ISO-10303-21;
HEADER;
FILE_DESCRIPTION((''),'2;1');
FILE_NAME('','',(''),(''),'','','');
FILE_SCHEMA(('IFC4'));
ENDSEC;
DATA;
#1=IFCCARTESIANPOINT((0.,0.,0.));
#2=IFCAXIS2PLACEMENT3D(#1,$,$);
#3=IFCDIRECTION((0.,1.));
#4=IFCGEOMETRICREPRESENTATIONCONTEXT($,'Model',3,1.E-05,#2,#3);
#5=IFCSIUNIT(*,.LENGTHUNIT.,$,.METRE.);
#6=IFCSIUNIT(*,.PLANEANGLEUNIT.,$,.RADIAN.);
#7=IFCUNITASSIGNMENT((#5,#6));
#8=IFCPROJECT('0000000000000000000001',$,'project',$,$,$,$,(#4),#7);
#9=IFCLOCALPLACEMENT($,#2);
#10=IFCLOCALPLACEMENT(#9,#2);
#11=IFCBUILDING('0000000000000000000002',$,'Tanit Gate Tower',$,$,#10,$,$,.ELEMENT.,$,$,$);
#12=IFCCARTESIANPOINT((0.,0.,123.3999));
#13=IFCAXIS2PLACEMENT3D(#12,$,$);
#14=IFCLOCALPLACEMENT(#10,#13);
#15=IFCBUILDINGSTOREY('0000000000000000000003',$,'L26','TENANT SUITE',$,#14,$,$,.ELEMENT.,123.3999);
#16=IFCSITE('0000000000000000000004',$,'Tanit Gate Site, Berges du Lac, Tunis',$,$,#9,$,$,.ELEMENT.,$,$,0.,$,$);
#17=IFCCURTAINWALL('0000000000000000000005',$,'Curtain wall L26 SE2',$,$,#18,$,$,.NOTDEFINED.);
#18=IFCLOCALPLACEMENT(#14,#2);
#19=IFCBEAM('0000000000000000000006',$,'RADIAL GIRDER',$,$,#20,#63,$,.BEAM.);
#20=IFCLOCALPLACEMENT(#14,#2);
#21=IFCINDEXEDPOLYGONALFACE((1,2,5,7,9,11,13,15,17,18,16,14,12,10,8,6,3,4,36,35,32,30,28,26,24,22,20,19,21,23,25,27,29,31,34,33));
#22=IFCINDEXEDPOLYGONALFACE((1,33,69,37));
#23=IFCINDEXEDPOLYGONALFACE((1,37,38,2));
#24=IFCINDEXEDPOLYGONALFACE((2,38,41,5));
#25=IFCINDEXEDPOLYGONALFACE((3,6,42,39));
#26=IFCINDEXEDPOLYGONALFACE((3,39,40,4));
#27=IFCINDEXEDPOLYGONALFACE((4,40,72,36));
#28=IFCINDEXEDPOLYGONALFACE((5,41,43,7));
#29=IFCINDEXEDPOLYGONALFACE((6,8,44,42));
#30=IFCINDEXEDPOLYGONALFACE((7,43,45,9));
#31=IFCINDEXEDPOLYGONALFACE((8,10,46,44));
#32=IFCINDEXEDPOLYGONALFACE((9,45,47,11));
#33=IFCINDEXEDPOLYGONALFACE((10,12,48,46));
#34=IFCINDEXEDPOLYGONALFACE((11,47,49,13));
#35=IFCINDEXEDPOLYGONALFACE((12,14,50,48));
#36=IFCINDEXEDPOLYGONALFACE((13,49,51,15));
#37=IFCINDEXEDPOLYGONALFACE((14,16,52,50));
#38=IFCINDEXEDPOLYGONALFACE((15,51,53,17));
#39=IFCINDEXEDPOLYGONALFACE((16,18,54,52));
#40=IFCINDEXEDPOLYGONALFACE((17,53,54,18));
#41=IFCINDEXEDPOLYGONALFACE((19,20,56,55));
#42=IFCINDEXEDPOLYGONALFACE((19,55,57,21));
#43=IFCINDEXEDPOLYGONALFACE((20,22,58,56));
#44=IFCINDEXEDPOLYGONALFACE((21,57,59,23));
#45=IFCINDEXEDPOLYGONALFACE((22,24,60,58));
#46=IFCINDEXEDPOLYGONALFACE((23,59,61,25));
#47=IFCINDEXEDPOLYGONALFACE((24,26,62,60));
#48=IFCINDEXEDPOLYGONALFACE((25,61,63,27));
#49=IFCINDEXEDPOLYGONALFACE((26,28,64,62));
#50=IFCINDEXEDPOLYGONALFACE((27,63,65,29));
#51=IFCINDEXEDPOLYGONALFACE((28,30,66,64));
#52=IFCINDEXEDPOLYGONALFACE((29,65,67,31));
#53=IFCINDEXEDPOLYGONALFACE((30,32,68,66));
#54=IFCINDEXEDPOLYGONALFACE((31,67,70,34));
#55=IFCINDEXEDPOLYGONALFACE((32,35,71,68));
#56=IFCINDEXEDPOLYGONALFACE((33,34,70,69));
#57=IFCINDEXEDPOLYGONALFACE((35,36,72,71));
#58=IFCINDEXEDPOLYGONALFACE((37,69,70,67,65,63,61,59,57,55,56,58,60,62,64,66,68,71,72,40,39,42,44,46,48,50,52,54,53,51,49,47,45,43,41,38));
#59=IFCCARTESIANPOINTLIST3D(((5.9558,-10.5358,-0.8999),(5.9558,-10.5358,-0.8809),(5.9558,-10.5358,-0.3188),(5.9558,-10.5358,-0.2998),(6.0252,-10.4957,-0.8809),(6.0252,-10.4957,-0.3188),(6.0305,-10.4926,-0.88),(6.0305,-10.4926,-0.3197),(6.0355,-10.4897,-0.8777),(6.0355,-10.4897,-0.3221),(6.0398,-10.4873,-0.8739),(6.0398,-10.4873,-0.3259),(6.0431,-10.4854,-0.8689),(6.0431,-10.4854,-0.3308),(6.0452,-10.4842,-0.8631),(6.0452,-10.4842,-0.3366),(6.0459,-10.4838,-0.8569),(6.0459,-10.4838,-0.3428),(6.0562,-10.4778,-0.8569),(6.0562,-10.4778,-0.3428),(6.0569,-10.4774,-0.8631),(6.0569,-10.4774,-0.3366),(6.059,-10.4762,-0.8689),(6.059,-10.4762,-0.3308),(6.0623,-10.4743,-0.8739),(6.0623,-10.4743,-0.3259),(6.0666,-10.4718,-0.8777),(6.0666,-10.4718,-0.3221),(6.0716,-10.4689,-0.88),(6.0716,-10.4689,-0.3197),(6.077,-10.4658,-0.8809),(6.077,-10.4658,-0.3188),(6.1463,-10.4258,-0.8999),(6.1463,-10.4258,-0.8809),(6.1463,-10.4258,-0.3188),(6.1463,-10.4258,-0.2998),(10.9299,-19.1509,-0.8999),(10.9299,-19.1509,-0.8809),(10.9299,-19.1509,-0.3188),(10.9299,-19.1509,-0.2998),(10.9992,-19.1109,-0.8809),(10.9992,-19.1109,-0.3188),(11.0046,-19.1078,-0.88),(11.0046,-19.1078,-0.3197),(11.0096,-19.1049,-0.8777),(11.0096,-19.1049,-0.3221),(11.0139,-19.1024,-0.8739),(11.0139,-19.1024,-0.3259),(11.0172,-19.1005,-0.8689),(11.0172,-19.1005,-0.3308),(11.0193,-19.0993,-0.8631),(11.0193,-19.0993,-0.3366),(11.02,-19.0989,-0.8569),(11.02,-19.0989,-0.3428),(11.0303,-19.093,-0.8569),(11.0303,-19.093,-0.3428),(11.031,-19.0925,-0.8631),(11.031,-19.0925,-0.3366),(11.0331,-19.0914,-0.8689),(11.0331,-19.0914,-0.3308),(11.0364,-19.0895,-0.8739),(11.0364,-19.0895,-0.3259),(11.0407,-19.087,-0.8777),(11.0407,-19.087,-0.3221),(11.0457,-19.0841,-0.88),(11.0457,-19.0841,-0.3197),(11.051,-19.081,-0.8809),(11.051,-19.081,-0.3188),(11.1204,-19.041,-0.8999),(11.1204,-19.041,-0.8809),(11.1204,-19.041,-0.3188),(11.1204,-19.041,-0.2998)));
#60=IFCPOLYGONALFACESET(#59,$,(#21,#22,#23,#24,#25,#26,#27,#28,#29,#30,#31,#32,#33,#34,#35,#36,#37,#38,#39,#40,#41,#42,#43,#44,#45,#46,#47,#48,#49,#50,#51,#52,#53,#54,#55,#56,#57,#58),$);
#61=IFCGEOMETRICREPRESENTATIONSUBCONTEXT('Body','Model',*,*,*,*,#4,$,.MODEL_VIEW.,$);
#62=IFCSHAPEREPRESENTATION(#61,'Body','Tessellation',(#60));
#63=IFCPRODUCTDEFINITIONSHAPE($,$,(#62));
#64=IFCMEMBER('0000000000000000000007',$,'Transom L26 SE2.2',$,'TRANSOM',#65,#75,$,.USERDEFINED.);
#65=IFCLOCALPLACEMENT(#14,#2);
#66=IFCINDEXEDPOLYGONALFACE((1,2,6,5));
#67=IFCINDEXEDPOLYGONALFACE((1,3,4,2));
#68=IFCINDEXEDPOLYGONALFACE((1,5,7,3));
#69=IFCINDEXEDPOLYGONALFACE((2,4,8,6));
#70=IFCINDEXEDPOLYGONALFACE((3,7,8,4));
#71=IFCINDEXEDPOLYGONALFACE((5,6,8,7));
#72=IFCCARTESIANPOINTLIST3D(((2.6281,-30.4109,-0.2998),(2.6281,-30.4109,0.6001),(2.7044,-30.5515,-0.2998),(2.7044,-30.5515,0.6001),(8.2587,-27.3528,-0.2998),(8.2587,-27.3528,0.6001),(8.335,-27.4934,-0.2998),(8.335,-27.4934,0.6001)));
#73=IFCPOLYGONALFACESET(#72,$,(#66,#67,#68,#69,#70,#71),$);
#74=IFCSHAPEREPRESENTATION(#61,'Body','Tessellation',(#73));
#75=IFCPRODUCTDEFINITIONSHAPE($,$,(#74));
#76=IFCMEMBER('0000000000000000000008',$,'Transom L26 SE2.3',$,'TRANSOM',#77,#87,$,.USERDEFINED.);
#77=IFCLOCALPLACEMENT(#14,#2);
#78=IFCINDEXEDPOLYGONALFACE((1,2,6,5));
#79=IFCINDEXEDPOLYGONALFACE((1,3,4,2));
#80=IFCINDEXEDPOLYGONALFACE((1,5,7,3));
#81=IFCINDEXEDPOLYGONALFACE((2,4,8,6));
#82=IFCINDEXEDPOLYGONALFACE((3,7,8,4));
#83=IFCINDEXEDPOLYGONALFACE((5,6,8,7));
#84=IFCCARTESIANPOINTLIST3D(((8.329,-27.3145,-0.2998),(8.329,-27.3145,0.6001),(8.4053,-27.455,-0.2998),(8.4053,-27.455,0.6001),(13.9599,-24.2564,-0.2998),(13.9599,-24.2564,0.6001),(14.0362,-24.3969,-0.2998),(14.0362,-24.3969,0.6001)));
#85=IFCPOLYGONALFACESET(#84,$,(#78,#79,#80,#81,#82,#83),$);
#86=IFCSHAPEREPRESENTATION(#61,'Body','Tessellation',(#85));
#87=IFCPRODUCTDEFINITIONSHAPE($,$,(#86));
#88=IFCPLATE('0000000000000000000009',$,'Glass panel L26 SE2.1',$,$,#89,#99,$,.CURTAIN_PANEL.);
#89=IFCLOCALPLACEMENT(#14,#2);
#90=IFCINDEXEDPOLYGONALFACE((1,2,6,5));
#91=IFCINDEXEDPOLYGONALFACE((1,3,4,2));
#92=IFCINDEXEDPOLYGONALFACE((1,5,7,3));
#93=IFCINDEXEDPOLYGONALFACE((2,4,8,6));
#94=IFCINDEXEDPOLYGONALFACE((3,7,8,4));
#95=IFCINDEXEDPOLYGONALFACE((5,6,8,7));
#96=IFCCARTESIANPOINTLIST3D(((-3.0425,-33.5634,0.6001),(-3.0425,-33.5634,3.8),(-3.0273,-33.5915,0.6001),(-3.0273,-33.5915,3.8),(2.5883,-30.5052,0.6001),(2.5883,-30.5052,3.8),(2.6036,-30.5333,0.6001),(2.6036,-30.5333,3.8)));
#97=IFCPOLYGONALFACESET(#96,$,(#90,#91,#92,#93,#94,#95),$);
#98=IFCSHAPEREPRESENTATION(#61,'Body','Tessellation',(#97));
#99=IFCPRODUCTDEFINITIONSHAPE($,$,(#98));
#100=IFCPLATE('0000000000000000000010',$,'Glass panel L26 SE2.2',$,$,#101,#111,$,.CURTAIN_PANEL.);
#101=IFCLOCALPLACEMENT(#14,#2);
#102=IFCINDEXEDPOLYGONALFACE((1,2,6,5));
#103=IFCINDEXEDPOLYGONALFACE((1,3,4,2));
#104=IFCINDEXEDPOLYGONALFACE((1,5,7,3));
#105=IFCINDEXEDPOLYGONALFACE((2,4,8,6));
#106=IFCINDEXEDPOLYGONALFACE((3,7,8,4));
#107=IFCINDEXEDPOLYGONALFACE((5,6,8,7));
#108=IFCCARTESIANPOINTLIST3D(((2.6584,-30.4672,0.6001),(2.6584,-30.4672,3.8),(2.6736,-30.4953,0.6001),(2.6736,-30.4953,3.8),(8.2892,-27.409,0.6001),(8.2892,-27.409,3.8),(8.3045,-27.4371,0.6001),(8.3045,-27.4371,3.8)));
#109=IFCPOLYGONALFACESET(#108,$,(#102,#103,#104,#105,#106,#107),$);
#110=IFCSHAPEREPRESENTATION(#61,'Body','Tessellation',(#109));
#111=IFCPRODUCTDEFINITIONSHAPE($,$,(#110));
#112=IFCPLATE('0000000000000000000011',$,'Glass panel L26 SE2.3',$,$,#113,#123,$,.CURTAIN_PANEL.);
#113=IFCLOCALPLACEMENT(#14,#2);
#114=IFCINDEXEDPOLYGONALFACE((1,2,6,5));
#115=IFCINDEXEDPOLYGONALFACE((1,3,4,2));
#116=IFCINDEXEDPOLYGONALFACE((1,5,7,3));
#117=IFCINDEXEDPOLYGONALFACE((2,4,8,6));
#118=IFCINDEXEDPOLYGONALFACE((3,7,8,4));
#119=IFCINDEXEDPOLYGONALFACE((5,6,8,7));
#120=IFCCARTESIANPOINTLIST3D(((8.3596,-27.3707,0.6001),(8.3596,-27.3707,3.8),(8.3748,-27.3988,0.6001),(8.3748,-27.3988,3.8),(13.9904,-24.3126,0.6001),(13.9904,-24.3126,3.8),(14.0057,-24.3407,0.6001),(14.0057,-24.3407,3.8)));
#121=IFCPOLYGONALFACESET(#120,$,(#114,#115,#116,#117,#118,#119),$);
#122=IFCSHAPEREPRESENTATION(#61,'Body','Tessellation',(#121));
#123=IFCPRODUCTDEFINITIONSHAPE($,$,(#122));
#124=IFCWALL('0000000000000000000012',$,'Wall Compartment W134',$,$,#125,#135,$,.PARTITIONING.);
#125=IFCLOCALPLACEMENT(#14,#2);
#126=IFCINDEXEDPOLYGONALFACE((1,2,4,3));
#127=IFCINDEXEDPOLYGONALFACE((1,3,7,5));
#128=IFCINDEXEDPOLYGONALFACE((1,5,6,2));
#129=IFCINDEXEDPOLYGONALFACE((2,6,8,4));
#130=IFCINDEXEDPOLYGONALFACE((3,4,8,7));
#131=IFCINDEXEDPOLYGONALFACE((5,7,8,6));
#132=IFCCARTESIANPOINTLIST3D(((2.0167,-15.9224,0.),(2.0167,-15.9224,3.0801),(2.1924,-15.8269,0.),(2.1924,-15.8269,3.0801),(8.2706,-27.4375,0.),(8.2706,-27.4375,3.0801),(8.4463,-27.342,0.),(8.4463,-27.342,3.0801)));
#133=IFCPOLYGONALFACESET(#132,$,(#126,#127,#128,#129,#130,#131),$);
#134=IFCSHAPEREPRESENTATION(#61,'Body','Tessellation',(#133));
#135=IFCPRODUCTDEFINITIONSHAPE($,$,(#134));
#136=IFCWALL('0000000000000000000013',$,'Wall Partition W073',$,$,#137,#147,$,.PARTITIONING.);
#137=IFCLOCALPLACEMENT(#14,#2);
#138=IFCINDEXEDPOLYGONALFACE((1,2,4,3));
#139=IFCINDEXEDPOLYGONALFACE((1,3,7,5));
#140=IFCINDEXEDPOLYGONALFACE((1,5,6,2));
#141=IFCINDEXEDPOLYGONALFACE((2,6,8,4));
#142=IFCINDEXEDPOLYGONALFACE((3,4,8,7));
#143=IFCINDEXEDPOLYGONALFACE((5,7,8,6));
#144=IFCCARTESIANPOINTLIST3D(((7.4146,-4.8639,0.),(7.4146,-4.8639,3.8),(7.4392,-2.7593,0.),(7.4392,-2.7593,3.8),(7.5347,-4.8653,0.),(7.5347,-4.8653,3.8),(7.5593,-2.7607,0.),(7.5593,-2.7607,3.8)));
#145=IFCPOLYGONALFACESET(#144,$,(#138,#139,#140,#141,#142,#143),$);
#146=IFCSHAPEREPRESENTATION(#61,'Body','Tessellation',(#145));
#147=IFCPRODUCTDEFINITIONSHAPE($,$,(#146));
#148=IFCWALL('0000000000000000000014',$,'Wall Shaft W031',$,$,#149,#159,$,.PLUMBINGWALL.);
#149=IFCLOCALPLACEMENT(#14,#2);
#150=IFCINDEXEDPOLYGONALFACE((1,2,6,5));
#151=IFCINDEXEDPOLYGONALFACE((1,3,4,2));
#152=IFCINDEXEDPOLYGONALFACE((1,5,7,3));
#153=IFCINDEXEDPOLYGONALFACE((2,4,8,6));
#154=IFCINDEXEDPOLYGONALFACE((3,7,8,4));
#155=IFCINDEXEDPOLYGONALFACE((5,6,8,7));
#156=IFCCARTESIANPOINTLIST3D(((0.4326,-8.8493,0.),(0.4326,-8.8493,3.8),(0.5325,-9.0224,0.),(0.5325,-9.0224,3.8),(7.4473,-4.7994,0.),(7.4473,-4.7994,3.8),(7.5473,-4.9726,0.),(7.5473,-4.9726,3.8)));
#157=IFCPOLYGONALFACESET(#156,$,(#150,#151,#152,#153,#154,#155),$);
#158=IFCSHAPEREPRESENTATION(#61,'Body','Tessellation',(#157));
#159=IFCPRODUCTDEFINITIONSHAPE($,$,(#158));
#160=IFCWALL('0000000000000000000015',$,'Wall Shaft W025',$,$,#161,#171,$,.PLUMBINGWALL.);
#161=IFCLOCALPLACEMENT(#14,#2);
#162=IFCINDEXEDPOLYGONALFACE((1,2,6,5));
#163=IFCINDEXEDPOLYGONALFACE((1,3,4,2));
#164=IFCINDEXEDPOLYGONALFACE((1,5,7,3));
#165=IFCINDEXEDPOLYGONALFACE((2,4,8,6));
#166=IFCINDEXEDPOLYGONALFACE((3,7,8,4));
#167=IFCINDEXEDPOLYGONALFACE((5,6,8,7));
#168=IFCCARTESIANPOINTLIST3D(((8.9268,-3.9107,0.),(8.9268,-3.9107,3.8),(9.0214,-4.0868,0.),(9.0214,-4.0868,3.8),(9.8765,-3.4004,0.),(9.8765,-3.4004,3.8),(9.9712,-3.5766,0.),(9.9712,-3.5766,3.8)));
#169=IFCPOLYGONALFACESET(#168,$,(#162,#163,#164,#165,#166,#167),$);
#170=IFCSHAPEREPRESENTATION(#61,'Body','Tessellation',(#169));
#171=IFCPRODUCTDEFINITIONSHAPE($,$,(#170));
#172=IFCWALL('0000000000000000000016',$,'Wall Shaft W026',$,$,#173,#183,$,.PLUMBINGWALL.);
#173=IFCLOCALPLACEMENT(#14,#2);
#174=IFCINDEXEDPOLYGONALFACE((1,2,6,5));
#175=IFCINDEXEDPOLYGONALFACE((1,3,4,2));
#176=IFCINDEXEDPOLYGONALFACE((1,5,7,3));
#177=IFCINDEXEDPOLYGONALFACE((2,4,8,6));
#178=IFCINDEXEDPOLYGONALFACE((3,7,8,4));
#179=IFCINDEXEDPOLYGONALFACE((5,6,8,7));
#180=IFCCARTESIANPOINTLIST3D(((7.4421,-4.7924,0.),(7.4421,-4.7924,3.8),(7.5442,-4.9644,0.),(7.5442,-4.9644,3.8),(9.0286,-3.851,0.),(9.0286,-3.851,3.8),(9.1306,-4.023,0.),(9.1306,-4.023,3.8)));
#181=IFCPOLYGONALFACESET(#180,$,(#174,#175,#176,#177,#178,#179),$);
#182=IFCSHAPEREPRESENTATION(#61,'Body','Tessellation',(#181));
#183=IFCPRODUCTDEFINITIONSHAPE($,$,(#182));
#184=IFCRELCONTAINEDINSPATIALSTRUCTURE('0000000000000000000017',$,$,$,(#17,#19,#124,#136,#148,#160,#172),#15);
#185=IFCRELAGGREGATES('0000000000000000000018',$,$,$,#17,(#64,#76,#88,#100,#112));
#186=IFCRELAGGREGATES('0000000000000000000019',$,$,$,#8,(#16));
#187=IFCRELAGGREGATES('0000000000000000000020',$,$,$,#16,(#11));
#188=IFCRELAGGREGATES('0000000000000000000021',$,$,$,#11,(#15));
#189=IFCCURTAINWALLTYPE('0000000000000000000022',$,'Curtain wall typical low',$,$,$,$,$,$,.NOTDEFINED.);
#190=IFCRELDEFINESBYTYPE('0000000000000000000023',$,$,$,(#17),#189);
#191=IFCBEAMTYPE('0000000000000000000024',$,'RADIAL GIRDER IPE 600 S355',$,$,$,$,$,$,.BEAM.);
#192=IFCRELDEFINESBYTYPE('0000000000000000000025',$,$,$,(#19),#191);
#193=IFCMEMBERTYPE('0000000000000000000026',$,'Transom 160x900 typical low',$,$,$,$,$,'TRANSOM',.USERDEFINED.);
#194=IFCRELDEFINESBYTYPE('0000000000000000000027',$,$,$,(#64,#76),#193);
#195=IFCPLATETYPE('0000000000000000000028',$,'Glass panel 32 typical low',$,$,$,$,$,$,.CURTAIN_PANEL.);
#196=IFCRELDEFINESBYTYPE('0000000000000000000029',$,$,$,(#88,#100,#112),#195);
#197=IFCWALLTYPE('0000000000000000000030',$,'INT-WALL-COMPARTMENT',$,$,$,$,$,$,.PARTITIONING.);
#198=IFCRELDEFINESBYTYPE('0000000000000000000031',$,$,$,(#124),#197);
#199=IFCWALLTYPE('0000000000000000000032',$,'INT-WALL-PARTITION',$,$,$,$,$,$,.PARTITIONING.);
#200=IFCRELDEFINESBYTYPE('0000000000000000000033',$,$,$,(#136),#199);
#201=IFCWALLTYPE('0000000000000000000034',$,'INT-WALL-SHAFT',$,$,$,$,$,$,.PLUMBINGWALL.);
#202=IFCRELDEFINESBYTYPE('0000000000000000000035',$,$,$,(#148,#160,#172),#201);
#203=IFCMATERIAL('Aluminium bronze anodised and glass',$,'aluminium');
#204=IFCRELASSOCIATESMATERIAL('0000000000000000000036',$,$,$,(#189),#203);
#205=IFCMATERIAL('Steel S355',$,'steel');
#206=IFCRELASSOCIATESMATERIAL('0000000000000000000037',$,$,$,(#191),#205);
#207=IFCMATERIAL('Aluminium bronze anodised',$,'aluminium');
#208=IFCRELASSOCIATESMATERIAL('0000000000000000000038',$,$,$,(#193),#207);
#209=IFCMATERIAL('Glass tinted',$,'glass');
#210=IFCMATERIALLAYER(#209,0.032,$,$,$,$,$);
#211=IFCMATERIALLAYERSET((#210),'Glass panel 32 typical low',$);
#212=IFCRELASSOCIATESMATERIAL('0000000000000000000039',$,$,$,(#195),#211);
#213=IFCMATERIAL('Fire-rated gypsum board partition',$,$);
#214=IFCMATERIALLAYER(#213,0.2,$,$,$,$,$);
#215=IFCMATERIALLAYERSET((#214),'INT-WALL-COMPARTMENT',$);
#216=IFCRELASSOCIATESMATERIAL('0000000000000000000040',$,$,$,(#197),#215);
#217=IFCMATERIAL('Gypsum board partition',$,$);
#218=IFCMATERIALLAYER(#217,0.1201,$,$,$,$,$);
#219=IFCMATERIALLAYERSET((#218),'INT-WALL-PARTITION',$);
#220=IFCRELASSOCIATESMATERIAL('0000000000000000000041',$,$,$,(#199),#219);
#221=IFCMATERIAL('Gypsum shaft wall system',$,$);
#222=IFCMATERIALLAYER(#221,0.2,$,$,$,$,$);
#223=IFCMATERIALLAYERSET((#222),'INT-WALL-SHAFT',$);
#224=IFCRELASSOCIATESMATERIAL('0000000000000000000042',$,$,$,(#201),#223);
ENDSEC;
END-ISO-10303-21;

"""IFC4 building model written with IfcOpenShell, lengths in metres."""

from ifc_helpers import new_model, si_unit, direction, frame, frame_2d, origin, origin_2d, place, context, subcontext, project, spatial, rectangle, i_section, extrude, material, layer, layer_set, material_profile, profile_set, type_object, element, aggregate, save


model = new_model("IFC4")

# Units and contexts
model_context = context("Model", 3, precision=1e-05, world=origin(), true_north=direction((0.0, 1.0)))
body_context = subcontext(model_context, "Body", "Model", "MODEL_VIEW")
ifc_project = project(units=[si_unit("LENGTHUNIT", "METRE"), si_unit("PLANEANGLEUNIT", "RADIAN")], contexts=[model_context])

# Site, building, storey
site_placement = place(None, origin())
site = spatial("IfcSite", under=ifc_project, at=site_placement, Name="Tanit Gate Site, Berges du Lac, Tunis", CompositionType="ELEMENT", RefElevation=0.0)
building_placement = place(site_placement, origin())
building = spatial("IfcBuilding", under=site, at=building_placement, Name="Tanit Gate Tower", CompositionType="ELEMENT")
storey_placement = place(building_placement, frame((0.0, 0.0, 123.3999)))
storey = spatial("IfcBuildingStorey", under=building, at=storey_placement, Name="L26", Description="TENANT SUITE", CompositionType="ELEMENT", Elevation=123.3999)

# Curtain wall
ifc_material_1 = material(Name="Aluminium bronze anodised and glass", Category="aluminium")
curtain_wall_type = type_object("IfcCurtainWallType", Name="Curtain wall typical low", PredefinedType="NOTDEFINED", material=ifc_material_1)
curtain_wall_placement = place(storey_placement, origin())
curtain_wall = element("IfcCurtainWall", 1, at=curtain_wall_placement, inside=storey, type_object=curtain_wall_type, Name="Curtain wall L26 SE2", PredefinedType="NOTDEFINED")

# Beam
ifc_material_2 = material(Name="Steel S355", Category="steel")
ifc_material_profile_1 = material_profile(ifc_material_2, i_section(OverallWidth=0.22, OverallDepth=0.6001, WebThickness=0.012, FlangeThickness=0.019, FilletRadius=0.0239, at=origin_2d()), Name="IPE 600")
ifc_profile_set_1 = profile_set([ifc_material_profile_1], Name="Steel S355")
beam_type_1 = type_object("IfcBeamType", Name="RADIAL GIRDER IPE 600 S355", PredefinedType="BEAM", material=ifc_profile_set_1)
beam_1_placement = place(storey_placement, frame((11.0251, -19.0959, -0.5999), z_axis=(-0.500009, 0.86602, 0.0), x_axis=(-0.86602, -0.500009, 0.0)))
element("IfcBeam", 2, at=beam_1_placement, inside=storey, type_object=beam_type_1, Name="RADIAL GIRDER", PredefinedType="BEAM", context=body_context, shape_type="SweptSolid", body=[
    extrude(i_section(OverallWidth=0.22, OverallDepth=0.6001, WebThickness=0.012, FlangeThickness=0.019, FilletRadius=0.0239, at=origin_2d()), origin(), (0.0, 0.0, 1.0), 9.948),
])

# Members
ifc_material_3 = material(Name="Aluminium bronze anodised", Category="aluminium")
ifc_material_profile_2 = material_profile(ifc_material_3, rectangle(XDim=0.1599, YDim=0.8999, at=origin_2d()), Name="160x900 bronze transom")
ifc_profile_set_2 = profile_set([ifc_material_profile_2], Name="Aluminium bronze anodised")
member_type_1 = type_object("IfcMemberType", Name="Transom 160x900 typical low", ElementType="TRANSOM", PredefinedType="USERDEFINED", material=ifc_profile_set_2)
member_1_placement = place(storey_placement, frame((2.6663, -30.4812, 0.1501), z_axis=(0.878756, 0.477271, 0.0), x_axis=(-0.477271, 0.878756, 0.0)))
member_1 = element("IfcMember", 3, at=member_1_placement, type_object=member_type_1, Name="Transom L26 SE2.2", ObjectType="TRANSOM", PredefinedType="USERDEFINED", context=body_context, shape_type="SweptSolid", body=[
    extrude(rectangle(XDim=0.1599, YDim=0.8999, at=origin_2d()), origin(), (0.0, 0.0, 1.0), 6.4075),
])
member_2_placement = place(storey_placement, frame((8.3672, -27.3848, 0.1501), z_axis=(0.878765, 0.477255, 0.0), x_axis=(-0.477255, 0.878765, 0.0)))
member_2 = element("IfcMember", 4, at=member_2_placement, type_object=member_type_1, Name="Transom L26 SE2.3", ObjectType="TRANSOM", PredefinedType="USERDEFINED", context=body_context, shape_type="SweptSolid", body=[
    extrude(rectangle(XDim=0.1599, YDim=0.8999, at=origin_2d()), origin(), (0.0, 0.0, 1.0), 6.4077),
])

# Plates
ifc_material_4 = material(Name="Glass tinted", Category="glass")
ifc_layer_1 = layer(ifc_material_4, 0.032)
ifc_layer_set_1 = layer_set([ifc_layer_1], Name="Glass panel 32 typical low")
plate_type = type_object("IfcPlateType", Name="Glass panel 32 typical low", PredefinedType="CURTAIN_PANEL", material=ifc_layer_set_1)
plate_1_placement = place(storey_placement, frame((-0.2195, -32.0483, 0.6001), z_axis=(0.0, 0.0, 1.0), x_axis=(0.878762, 0.477259, 0.0)))
plate_1 = element("IfcPlate", 5, at=plate_1_placement, type_object=plate_type, Name="Glass panel L26 SE2.1", PredefinedType="CURTAIN_PANEL", context=body_context, shape_type="SweptSolid", body=[
    extrude(rectangle(XDim=6.4077, YDim=0.032, at=origin_2d()), origin(), (0.0, 0.0, 1.0), 3.2),
])
plate_2_placement = place(storey_placement, frame((5.4814, -28.9521, 0.6001), z_axis=(0.0, 0.0, 1.0), x_axis=(0.878762, 0.477259, 0.0)))
plate_2 = element("IfcPlate", 6, at=plate_2_placement, type_object=plate_type, Name="Glass panel L26 SE2.2", PredefinedType="CURTAIN_PANEL", context=body_context, shape_type="SweptSolid", body=[
    extrude(rectangle(XDim=6.4077, YDim=0.032, at=origin_2d()), origin(), (0.0, 0.0, 1.0), 3.2),
])
plate_3_placement = place(storey_placement, frame((11.1826, -25.8557, 0.6001), z_axis=(0.0, 0.0, 1.0), x_axis=(0.878762, 0.477259, 0.0)))
plate_3 = element("IfcPlate", 7, at=plate_3_placement, type_object=plate_type, Name="Glass panel L26 SE2.3", PredefinedType="CURTAIN_PANEL", context=body_context, shape_type="SweptSolid", body=[
    extrude(rectangle(XDim=6.4077, YDim=0.032, at=origin_2d()), origin(), (0.0, 0.0, 1.0), 3.2),
])
aggregate(curtain_wall, [member_1, member_2, plate_1, plate_2, plate_3])

# Walls
ifc_material_5 = material(Name="Fire-rated gypsum board partition")
ifc_layer_2 = layer(ifc_material_5, 0.2)
ifc_layer_set_2 = layer_set([ifc_layer_2], Name="INT-WALL-COMPARTMENT")
wall_type_1 = type_object("IfcWallType", Name="INT-WALL-COMPARTMENT", PredefinedType="PARTITIONING", material=ifc_layer_set_2)
wall_1_placement = place(storey_placement, frame((8.3584, -27.3896, 0.0), z_axis=(0.0, 0.0, 1.0), x_axis=(-0.477259, 0.878763, 0.0)))
element("IfcWall", 8, at=wall_1_placement, inside=storey, type_object=wall_type_1, Name="Wall Compartment W134", PredefinedType="PARTITIONING", context=body_context, shape_type="SweptSolid", body=[
    extrude(rectangle(XDim=13.1038, YDim=0.2, at=frame_2d((6.5518, 0.0))), origin(), (0.0, 0.0, 1.0), 3.0801),
])
ifc_material_6 = material(Name="Gypsum board partition")
ifc_layer_3 = layer(ifc_material_6, 0.1201)
ifc_layer_set_3 = layer_set([ifc_layer_3], Name="INT-WALL-PARTITION")
wall_type_2 = type_object("IfcWallType", Name="INT-WALL-PARTITION", PredefinedType="PARTITIONING", material=ifc_layer_set_3)
wall_2_placement = place(storey_placement, frame((7.4746, -4.8645, 0.0), z_axis=(0.0, 0.0, 1.0), x_axis=(0.011716, 0.999931, 0.0)))
element("IfcWall", 9, at=wall_2_placement, inside=storey, type_object=wall_type_2, Name="Wall Partition W073", PredefinedType="PARTITIONING", context=body_context, shape_type="SweptSolid", body=[
    extrude(rectangle(XDim=2.1047, YDim=0.1201, at=frame_2d((1.0522, 0.0))), origin(), (0.0, 0.0, 1.0), 3.8),
])
ifc_material_7 = material(Name="Gypsum shaft wall system")
ifc_layer_4 = layer(ifc_material_7, 0.2)
ifc_layer_set_4 = layer_set([ifc_layer_4], Name="INT-WALL-SHAFT")
wall_type_3 = type_object("IfcWallType", Name="INT-WALL-SHAFT", PredefinedType="PLUMBINGWALL", material=ifc_layer_set_4)
wall_3_placement = place(storey_placement, frame((0.4827, -8.9358, 0.0), z_axis=(0.0, 0.0, 1.0), x_axis=(0.866031, 0.49999, 0.0)))
element("IfcWall", 10, at=wall_3_placement, inside=storey, type_object=wall_type_3, Name="Wall Shaft W031", PredefinedType="PLUMBINGWALL", context=body_context, shape_type="SweptSolid", body=[
    extrude(rectangle(XDim=8.0999, YDim=0.2, at=frame_2d((4.0498, 0.0))), origin(), (0.0, 0.0, 1.0), 3.8),
])
wall_4_placement = place(storey_placement, frame((8.9741, -3.9988, 0.0), z_axis=(0.0, 0.0, 1.0), x_axis=(0.880907, 0.473289, 0.0)))
element("IfcWall", 11, at=wall_4_placement, inside=storey, type_object=wall_type_3, Name="Wall Shaft W025", PredefinedType="PLUMBINGWALL", context=body_context, shape_type="SweptSolid", body=[
    extrude(rectangle(XDim=1.0781, YDim=0.2, at=frame_2d((0.5391, 0.0))), origin(), (0.0, 0.0, 1.0), 3.8),
])
wall_5_placement = place(storey_placement, frame((7.4932, -4.8784, 0.0), z_axis=(0.0, 0.0, 1.0), x_axis=(0.859982, 0.510325, 0.0)))
element("IfcWall", 12, at=wall_5_placement, inside=storey, type_object=wall_type_3, Name="Wall Shaft W026", PredefinedType="PLUMBINGWALL", context=body_context, shape_type="SweptSolid", body=[
    extrude(rectangle(XDim=1.8447, YDim=0.2, at=frame_2d((0.9224, 0.0))), origin(), (0.0, 0.0, 1.0), 3.8),
])

save(model, "model.ifc")
